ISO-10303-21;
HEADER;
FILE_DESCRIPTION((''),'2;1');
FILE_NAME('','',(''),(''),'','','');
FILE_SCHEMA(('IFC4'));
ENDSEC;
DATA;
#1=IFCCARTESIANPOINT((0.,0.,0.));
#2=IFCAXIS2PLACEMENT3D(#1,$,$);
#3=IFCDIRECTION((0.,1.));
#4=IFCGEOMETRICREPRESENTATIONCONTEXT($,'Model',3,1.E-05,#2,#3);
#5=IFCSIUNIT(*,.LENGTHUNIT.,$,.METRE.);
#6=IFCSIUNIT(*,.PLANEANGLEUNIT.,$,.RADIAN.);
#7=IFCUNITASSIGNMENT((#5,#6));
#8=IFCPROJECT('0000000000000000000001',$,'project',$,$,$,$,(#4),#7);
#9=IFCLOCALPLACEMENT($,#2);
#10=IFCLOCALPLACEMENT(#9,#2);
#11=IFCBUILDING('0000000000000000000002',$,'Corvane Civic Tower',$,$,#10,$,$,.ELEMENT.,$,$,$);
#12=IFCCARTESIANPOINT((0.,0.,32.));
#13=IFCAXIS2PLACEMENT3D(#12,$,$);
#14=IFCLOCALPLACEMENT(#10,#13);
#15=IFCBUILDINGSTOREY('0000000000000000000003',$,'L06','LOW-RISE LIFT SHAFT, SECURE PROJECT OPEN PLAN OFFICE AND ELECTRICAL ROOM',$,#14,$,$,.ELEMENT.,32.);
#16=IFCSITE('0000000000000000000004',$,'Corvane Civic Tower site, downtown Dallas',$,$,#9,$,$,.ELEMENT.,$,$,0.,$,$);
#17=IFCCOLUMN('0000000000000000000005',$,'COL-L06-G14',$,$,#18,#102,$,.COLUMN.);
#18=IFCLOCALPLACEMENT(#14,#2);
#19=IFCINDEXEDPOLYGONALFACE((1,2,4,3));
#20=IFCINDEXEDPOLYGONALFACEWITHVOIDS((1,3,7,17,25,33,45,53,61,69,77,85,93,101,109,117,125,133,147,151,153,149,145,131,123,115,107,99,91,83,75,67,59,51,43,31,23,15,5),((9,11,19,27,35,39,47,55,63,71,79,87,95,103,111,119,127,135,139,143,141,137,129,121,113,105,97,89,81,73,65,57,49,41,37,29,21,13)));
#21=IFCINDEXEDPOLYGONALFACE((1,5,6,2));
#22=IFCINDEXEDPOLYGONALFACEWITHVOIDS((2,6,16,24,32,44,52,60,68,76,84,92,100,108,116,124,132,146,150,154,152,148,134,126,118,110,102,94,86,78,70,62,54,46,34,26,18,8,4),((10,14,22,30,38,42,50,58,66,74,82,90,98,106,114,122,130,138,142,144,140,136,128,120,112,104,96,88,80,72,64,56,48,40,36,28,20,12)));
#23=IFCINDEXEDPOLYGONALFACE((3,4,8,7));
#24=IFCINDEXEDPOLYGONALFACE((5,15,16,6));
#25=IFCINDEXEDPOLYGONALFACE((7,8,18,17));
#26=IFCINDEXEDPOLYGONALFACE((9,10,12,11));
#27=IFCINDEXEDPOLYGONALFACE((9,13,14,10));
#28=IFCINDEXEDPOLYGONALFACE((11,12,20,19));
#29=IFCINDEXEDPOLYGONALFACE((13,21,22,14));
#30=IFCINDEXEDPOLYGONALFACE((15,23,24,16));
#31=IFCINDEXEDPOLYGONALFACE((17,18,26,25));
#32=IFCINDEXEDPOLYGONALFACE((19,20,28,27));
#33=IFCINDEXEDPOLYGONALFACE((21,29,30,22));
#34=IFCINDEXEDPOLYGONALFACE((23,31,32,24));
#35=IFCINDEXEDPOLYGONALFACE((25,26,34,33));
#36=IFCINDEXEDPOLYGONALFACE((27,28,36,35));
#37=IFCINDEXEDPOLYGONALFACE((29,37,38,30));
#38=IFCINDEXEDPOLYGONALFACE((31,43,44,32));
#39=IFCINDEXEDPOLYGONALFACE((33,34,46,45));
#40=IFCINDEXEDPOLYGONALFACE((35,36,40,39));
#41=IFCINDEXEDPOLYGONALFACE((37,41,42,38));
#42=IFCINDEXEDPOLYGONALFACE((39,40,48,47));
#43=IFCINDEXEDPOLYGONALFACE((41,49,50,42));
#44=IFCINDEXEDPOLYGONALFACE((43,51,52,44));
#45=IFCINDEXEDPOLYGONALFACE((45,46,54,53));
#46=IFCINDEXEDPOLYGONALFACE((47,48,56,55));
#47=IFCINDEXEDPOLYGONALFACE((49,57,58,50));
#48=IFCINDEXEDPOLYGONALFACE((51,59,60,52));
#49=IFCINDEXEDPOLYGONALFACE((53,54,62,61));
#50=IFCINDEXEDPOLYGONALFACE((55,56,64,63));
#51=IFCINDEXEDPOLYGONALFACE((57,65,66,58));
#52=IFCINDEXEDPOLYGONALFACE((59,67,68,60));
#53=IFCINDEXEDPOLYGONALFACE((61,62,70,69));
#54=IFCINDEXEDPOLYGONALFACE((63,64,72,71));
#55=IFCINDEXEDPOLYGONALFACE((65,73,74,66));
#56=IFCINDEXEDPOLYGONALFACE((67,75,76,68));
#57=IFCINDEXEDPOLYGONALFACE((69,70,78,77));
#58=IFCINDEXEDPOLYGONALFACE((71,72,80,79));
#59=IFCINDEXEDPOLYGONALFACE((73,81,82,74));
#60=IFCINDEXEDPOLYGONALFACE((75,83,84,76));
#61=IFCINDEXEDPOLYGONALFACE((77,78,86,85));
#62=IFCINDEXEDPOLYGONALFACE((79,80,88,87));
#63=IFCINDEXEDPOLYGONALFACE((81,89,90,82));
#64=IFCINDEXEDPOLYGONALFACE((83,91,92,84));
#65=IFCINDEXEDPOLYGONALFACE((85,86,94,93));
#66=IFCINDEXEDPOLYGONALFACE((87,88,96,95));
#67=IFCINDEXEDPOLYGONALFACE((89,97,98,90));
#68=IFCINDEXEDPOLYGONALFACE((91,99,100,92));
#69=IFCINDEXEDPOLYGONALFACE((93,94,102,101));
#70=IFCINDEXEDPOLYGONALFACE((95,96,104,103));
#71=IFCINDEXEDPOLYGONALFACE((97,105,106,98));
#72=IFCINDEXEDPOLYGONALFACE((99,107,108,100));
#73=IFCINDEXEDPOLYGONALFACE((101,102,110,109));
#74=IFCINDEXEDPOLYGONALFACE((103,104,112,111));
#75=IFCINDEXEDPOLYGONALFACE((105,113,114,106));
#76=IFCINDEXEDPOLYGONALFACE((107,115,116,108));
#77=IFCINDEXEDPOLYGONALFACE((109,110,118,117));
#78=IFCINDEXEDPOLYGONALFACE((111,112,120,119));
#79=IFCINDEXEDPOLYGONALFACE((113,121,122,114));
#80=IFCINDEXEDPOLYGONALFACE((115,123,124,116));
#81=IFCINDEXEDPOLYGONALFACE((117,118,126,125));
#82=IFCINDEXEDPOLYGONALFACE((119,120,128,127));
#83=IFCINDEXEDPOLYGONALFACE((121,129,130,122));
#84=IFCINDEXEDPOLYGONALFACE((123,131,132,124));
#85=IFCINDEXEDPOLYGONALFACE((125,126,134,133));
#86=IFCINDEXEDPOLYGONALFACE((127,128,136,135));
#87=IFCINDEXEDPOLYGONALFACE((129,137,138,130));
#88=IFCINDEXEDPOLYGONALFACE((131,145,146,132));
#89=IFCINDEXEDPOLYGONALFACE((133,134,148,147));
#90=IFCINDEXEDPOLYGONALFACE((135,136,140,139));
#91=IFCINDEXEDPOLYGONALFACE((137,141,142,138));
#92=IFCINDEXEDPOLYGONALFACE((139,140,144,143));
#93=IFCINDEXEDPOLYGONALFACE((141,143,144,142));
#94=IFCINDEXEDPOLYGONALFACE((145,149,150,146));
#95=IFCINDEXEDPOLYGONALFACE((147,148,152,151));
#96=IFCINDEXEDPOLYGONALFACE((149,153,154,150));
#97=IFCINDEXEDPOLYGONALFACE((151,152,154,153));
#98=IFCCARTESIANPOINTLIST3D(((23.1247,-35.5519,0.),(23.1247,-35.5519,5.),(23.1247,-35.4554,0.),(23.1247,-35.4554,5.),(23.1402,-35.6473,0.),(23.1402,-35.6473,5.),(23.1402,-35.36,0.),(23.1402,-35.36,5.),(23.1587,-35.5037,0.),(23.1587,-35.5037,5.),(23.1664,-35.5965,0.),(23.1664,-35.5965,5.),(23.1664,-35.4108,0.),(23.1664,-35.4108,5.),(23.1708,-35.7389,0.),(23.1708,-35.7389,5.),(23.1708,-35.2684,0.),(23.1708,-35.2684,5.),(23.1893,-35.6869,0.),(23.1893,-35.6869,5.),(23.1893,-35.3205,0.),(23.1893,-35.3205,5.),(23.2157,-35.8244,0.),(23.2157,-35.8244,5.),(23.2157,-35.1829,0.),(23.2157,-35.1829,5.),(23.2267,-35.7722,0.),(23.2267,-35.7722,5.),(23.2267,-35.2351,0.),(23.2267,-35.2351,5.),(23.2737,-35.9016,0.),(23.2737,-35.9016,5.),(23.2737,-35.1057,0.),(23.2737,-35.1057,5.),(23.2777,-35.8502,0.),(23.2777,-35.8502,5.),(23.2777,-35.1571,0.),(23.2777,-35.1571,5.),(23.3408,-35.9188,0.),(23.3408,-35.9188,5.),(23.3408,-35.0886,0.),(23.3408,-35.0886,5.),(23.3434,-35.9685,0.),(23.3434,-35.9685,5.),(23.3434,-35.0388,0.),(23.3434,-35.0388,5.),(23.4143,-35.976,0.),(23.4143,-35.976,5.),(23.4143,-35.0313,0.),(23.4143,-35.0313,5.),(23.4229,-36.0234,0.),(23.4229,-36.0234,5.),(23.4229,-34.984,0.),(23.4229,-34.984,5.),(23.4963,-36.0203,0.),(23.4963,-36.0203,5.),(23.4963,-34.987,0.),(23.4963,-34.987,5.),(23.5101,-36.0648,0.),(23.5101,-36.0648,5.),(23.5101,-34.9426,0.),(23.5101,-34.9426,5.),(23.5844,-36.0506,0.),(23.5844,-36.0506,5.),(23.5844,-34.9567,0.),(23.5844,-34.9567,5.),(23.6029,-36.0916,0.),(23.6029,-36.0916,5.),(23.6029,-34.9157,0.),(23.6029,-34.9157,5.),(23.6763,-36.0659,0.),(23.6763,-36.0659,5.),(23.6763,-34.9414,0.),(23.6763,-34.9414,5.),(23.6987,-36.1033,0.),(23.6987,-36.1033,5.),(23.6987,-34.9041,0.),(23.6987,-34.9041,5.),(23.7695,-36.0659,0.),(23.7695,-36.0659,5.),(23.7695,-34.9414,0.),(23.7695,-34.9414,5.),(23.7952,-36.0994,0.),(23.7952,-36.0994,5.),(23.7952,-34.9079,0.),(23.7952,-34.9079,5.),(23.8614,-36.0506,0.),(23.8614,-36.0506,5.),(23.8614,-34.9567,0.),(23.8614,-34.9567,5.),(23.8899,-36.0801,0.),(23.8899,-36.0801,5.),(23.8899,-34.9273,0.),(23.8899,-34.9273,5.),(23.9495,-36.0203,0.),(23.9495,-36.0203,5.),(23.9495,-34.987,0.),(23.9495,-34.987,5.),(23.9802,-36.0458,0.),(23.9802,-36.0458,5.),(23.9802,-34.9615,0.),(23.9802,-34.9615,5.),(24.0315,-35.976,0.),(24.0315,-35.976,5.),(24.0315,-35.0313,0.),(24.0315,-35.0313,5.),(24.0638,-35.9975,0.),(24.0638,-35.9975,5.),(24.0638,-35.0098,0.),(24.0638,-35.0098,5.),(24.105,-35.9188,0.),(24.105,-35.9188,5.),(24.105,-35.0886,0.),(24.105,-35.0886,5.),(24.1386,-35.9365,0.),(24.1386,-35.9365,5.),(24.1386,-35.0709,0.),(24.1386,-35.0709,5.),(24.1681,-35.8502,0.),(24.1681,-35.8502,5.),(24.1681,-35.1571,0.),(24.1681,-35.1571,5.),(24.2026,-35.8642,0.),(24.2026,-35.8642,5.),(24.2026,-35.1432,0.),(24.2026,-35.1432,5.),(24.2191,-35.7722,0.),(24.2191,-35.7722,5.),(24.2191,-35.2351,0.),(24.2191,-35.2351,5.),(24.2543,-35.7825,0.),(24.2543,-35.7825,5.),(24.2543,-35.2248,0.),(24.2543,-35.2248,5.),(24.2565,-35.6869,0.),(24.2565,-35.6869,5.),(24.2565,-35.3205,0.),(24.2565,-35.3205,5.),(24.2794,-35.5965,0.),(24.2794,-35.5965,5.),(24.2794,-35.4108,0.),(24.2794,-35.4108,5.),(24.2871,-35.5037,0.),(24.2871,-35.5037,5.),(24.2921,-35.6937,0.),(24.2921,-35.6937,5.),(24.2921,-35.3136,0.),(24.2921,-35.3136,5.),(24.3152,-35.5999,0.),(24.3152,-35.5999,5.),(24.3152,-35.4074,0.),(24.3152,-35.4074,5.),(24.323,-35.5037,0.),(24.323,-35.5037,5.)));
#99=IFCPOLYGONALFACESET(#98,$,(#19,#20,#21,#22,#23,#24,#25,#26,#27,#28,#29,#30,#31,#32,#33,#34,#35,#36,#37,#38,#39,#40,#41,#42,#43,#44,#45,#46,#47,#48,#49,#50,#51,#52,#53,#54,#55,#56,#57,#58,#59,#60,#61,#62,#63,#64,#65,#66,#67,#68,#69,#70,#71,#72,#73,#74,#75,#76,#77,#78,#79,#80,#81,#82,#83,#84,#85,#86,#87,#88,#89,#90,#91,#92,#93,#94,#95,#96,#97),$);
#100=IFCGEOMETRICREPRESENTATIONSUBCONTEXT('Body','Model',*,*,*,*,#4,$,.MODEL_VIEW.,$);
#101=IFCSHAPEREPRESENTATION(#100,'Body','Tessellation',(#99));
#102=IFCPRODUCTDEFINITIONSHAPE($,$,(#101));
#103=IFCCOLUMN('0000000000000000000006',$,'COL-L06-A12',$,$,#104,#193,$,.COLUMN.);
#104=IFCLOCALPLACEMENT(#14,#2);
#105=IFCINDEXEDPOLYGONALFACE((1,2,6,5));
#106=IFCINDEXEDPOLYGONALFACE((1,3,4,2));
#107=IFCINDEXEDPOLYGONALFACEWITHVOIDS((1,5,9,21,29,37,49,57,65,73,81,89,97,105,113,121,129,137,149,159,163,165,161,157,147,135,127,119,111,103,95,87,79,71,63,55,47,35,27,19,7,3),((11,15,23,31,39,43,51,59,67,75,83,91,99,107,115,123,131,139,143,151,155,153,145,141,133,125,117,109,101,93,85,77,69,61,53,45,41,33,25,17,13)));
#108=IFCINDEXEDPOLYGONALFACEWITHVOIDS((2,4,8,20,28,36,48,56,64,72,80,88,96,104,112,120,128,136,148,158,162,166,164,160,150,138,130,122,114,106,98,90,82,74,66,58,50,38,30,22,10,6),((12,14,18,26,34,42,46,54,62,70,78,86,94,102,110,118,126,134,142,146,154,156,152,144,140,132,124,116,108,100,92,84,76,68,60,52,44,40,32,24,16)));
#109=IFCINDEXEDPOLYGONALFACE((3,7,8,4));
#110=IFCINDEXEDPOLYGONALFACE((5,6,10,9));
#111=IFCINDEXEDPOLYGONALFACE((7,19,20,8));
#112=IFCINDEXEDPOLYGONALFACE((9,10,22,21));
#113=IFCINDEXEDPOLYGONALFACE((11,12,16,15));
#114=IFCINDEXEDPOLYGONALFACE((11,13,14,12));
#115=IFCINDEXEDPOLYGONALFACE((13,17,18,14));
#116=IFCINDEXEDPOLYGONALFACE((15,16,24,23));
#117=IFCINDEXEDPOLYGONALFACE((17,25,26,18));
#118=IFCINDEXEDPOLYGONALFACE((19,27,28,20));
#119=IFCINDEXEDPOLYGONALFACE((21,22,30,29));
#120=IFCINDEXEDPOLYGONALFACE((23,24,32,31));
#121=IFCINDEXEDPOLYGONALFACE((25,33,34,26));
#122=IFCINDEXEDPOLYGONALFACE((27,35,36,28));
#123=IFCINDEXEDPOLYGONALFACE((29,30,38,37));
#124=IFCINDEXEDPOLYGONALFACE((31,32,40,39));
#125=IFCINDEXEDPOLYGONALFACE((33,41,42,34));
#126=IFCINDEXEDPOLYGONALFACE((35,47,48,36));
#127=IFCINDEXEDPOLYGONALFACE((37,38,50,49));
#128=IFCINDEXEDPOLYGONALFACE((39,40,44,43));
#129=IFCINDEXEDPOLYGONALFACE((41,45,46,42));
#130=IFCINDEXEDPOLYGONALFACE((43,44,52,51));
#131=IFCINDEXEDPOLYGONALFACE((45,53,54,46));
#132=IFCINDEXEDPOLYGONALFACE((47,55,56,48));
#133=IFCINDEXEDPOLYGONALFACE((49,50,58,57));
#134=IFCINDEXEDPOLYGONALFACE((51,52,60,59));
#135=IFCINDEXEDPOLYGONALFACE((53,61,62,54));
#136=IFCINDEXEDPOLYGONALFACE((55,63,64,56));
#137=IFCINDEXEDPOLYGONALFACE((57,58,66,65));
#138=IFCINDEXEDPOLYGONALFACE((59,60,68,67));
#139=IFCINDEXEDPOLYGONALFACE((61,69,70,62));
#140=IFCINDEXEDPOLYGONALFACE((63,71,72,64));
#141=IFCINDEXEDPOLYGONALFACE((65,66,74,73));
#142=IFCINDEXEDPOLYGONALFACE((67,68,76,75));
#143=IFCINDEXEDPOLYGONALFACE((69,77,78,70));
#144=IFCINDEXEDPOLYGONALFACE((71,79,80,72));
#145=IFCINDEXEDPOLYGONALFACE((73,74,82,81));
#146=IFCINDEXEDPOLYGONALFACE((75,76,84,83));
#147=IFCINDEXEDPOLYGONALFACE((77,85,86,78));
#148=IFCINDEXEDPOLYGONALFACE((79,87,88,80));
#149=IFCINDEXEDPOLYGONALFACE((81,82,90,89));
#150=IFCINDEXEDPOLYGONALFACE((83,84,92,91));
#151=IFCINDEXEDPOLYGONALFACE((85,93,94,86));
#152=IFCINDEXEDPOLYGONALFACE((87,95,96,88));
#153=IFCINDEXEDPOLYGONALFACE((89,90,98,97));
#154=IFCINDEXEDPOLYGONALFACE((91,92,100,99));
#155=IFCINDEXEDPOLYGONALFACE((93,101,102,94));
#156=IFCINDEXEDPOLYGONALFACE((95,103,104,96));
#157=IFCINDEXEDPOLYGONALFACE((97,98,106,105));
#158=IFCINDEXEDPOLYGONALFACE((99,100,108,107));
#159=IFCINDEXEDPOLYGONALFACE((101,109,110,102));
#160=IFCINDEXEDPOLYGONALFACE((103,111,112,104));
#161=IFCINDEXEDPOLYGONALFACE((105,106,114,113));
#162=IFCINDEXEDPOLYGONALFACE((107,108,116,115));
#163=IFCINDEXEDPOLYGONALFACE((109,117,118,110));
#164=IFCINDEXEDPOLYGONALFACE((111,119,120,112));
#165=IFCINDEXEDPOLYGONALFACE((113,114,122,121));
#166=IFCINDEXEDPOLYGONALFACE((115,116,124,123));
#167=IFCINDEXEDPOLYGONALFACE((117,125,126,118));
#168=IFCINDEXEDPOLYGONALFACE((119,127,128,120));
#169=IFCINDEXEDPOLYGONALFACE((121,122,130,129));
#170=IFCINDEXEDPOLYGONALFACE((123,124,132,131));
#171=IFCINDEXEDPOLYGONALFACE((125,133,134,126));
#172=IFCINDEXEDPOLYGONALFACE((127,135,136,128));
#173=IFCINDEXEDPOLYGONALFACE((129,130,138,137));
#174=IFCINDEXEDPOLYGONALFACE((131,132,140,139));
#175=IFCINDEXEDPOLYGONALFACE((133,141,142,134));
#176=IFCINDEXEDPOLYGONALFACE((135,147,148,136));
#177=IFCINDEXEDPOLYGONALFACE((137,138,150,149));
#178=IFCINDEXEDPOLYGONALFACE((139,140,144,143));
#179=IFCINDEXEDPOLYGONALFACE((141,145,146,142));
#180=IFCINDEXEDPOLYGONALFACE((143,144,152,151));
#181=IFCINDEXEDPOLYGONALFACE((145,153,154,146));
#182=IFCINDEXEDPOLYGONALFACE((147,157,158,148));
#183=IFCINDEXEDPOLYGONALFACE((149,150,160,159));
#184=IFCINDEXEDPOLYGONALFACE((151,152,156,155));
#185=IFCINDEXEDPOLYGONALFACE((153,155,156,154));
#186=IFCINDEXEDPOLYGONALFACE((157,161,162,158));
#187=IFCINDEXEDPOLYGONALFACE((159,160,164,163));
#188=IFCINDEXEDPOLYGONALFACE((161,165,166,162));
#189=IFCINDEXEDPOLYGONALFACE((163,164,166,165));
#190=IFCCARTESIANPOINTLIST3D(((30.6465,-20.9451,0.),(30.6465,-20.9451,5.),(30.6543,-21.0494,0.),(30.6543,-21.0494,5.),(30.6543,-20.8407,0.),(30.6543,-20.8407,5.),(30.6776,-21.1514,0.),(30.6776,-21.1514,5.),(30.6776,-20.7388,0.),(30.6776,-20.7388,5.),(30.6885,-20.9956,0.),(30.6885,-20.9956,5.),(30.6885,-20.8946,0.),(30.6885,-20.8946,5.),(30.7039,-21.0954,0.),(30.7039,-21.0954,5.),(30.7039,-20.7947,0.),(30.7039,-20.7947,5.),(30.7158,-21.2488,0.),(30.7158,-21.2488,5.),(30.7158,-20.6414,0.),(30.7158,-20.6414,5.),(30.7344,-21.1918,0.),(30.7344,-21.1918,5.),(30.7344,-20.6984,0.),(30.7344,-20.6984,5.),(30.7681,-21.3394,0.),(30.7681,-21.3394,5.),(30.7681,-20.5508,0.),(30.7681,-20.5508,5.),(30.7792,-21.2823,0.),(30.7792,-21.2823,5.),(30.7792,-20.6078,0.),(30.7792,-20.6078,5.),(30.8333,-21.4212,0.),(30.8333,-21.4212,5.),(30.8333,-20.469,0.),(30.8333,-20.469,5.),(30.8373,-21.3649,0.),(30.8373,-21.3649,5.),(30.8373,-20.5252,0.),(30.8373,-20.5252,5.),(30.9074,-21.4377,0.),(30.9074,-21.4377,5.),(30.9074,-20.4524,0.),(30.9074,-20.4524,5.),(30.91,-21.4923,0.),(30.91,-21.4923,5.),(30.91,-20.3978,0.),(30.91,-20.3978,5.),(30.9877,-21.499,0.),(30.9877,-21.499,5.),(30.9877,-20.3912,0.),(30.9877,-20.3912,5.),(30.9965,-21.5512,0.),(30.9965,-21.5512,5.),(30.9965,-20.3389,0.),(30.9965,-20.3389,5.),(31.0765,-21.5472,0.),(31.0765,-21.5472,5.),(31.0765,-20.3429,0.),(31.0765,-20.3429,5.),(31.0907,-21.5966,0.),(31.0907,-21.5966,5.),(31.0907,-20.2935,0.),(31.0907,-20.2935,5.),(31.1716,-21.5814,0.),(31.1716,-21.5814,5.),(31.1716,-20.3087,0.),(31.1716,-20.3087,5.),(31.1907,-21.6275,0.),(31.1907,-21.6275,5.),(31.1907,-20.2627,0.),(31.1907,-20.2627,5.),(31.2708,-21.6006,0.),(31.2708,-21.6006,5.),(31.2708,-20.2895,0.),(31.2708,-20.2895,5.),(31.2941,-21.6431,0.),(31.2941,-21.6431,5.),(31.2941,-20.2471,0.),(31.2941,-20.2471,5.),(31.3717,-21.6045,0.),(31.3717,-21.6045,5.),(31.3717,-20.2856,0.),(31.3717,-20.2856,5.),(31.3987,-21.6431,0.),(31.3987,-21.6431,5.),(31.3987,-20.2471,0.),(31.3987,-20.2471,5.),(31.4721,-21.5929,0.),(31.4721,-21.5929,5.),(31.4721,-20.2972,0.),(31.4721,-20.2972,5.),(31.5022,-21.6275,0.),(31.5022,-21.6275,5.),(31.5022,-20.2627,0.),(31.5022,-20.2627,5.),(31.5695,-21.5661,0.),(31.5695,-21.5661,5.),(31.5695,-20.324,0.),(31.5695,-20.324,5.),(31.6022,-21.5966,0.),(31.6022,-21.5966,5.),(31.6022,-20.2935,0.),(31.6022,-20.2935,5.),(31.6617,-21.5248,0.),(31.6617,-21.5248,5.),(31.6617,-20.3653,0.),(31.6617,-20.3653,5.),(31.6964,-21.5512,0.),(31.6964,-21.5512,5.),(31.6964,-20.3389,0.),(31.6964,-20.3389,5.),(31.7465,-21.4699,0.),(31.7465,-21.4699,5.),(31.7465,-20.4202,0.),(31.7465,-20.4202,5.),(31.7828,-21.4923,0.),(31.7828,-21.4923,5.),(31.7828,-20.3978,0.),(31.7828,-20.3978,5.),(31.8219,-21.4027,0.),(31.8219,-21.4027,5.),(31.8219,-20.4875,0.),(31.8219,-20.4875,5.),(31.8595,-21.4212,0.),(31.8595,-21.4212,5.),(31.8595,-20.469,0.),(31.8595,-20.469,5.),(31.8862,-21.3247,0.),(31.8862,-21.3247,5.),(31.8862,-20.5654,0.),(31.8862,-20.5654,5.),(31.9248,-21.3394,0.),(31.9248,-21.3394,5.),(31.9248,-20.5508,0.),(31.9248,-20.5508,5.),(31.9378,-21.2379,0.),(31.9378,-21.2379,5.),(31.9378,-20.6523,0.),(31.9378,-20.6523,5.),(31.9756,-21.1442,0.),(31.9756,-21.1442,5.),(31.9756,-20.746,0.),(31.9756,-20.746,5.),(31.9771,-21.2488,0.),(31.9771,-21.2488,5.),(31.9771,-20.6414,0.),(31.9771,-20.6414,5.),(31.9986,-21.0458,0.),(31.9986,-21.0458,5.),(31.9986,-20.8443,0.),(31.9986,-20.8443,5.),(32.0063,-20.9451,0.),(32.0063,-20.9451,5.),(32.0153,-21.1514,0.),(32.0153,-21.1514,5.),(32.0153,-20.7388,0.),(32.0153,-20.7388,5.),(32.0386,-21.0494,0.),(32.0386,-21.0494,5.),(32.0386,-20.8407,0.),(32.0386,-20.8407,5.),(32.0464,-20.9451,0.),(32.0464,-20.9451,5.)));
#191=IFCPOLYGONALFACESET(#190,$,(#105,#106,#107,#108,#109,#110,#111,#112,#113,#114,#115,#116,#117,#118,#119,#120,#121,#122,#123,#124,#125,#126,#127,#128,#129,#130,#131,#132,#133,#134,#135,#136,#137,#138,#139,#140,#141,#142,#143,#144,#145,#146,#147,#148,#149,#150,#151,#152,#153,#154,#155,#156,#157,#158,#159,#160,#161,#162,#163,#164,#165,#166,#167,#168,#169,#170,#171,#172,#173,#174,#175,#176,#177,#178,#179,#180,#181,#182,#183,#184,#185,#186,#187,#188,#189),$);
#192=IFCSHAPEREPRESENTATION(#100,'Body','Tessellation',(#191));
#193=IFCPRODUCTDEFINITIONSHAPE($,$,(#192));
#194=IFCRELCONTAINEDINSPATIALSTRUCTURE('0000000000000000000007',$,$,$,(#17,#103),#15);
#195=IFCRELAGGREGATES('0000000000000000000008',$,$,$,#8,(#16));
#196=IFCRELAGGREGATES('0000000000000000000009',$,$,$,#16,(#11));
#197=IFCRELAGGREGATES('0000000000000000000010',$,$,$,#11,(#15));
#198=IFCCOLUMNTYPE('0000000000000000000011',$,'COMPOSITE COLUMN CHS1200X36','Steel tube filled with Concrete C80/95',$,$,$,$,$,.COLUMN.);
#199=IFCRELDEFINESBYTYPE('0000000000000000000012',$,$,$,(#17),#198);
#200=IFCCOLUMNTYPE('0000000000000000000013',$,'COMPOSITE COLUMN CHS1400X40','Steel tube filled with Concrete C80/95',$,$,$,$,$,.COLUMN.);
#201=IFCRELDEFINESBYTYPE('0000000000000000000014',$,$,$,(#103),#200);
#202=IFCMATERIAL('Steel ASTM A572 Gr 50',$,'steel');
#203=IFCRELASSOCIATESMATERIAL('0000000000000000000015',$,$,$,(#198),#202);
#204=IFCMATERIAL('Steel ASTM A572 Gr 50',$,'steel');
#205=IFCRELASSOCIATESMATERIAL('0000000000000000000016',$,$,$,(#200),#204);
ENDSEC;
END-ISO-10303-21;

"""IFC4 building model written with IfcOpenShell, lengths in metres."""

from ifc_helpers import new_model, si_unit, direction, frame, origin, origin_2d, place, context, subcontext, project, spatial, hollow_circle, extrude, material, material_profile, profile_set, type_object, element, save


model = new_model("IFC4")

# Units and contexts
model_context = context("Model", 3, precision=1e-05, world=origin(), true_north=direction((0.0, 1.0)))
body_context = subcontext(model_context, "Body", "Model", "MODEL_VIEW")
ifc_project = project(units=[si_unit("LENGTHUNIT", "METRE"), si_unit("PLANEANGLEUNIT", "RADIAN")], contexts=[model_context])

# Site, building, storey
site_placement = place(None, origin())
site = spatial("IfcSite", under=ifc_project, at=site_placement, Name="Corvane Civic Tower site, downtown Dallas", CompositionType="ELEMENT", RefElevation=0.0)
building_placement = place(site_placement, origin())
building = spatial("IfcBuilding", under=site, at=building_placement, Name="Corvane Civic Tower", CompositionType="ELEMENT")
storey_placement = place(building_placement, frame((0.0, 0.0, 32.0)))
storey = spatial("IfcBuildingStorey", under=building, at=storey_placement, Name="L06", Description="LOW-RISE LIFT SHAFT, SECURE PROJECT OPEN PLAN OFFICE AND ELECTRICAL ROOM", CompositionType="ELEMENT", Elevation=32.0)

# Columns
ifc_material_1 = material(Name="Steel ASTM A572 Gr 50", Category="steel")
ifc_material_profile_1 = material_profile(ifc_material_1, hollow_circle(Radius=0.6001, WallThickness=0.0359, at=origin_2d()), Name="CHS1200X36")
ifc_profile_set_1 = profile_set([ifc_material_profile_1], Name="Steel ASTM A572 Gr 50")
column_type_1 = type_object("IfcColumnType", Name="COMPOSITE COLUMN CHS1200X36", Description="Steel tube filled with Concrete C80/95", PredefinedType="COLUMN", material=ifc_profile_set_1)
for number, where, z_axis, x_axis, name in (
    (1, (23.7229, -35.5037, 0.0), (0.0, 0.0, 1.0), (1.0, 0.0, 0.0), "COL-L06-G14"),
):
    element("IfcColumn", number, at=place(storey_placement, frame(where, z_axis=z_axis, x_axis=x_axis)), inside=storey, type_object=column_type_1, Name=name, PredefinedType="COLUMN", context=body_context, shape_type="SweptSolid", body=[
        extrude(hollow_circle(Radius=0.6001, WallThickness=0.0359, at=origin_2d()), origin(), (0.0, 0.0, 1.0), 5.0),
    ])
ifc_material_2 = material(Name="Steel ASTM A572 Gr 50", Category="steel")
ifc_material_profile_2 = material_profile(ifc_material_2, hollow_circle(Radius=0.7, WallThickness=0.04, at=origin_2d()), Name="CHS1400X40")
ifc_profile_set_2 = profile_set([ifc_material_profile_2], Name="Steel ASTM A572 Gr 50")
column_type_2 = type_object("IfcColumnType", Name="COMPOSITE COLUMN CHS1400X40", Description="Steel tube filled with Concrete C80/95", PredefinedType="COLUMN", material=ifc_profile_set_2)
for number, where, z_axis, x_axis, name in (
    (2, (31.3464, -20.9451, 0.0), (0.0, 0.0, 1.0), (1.0, 0.0, 0.0), "COL-L06-A12"),
):
    element("IfcColumn", number, at=place(storey_placement, frame(where, z_axis=z_axis, x_axis=x_axis)), inside=storey, type_object=column_type_2, Name=name, PredefinedType="COLUMN", context=body_context, shape_type="SweptSolid", body=[
        extrude(hollow_circle(Radius=0.7, WallThickness=0.04, at=origin_2d()), origin(), (0.0, 0.0, 1.0), 5.0),
    ])

save(model, "model.ifc")
